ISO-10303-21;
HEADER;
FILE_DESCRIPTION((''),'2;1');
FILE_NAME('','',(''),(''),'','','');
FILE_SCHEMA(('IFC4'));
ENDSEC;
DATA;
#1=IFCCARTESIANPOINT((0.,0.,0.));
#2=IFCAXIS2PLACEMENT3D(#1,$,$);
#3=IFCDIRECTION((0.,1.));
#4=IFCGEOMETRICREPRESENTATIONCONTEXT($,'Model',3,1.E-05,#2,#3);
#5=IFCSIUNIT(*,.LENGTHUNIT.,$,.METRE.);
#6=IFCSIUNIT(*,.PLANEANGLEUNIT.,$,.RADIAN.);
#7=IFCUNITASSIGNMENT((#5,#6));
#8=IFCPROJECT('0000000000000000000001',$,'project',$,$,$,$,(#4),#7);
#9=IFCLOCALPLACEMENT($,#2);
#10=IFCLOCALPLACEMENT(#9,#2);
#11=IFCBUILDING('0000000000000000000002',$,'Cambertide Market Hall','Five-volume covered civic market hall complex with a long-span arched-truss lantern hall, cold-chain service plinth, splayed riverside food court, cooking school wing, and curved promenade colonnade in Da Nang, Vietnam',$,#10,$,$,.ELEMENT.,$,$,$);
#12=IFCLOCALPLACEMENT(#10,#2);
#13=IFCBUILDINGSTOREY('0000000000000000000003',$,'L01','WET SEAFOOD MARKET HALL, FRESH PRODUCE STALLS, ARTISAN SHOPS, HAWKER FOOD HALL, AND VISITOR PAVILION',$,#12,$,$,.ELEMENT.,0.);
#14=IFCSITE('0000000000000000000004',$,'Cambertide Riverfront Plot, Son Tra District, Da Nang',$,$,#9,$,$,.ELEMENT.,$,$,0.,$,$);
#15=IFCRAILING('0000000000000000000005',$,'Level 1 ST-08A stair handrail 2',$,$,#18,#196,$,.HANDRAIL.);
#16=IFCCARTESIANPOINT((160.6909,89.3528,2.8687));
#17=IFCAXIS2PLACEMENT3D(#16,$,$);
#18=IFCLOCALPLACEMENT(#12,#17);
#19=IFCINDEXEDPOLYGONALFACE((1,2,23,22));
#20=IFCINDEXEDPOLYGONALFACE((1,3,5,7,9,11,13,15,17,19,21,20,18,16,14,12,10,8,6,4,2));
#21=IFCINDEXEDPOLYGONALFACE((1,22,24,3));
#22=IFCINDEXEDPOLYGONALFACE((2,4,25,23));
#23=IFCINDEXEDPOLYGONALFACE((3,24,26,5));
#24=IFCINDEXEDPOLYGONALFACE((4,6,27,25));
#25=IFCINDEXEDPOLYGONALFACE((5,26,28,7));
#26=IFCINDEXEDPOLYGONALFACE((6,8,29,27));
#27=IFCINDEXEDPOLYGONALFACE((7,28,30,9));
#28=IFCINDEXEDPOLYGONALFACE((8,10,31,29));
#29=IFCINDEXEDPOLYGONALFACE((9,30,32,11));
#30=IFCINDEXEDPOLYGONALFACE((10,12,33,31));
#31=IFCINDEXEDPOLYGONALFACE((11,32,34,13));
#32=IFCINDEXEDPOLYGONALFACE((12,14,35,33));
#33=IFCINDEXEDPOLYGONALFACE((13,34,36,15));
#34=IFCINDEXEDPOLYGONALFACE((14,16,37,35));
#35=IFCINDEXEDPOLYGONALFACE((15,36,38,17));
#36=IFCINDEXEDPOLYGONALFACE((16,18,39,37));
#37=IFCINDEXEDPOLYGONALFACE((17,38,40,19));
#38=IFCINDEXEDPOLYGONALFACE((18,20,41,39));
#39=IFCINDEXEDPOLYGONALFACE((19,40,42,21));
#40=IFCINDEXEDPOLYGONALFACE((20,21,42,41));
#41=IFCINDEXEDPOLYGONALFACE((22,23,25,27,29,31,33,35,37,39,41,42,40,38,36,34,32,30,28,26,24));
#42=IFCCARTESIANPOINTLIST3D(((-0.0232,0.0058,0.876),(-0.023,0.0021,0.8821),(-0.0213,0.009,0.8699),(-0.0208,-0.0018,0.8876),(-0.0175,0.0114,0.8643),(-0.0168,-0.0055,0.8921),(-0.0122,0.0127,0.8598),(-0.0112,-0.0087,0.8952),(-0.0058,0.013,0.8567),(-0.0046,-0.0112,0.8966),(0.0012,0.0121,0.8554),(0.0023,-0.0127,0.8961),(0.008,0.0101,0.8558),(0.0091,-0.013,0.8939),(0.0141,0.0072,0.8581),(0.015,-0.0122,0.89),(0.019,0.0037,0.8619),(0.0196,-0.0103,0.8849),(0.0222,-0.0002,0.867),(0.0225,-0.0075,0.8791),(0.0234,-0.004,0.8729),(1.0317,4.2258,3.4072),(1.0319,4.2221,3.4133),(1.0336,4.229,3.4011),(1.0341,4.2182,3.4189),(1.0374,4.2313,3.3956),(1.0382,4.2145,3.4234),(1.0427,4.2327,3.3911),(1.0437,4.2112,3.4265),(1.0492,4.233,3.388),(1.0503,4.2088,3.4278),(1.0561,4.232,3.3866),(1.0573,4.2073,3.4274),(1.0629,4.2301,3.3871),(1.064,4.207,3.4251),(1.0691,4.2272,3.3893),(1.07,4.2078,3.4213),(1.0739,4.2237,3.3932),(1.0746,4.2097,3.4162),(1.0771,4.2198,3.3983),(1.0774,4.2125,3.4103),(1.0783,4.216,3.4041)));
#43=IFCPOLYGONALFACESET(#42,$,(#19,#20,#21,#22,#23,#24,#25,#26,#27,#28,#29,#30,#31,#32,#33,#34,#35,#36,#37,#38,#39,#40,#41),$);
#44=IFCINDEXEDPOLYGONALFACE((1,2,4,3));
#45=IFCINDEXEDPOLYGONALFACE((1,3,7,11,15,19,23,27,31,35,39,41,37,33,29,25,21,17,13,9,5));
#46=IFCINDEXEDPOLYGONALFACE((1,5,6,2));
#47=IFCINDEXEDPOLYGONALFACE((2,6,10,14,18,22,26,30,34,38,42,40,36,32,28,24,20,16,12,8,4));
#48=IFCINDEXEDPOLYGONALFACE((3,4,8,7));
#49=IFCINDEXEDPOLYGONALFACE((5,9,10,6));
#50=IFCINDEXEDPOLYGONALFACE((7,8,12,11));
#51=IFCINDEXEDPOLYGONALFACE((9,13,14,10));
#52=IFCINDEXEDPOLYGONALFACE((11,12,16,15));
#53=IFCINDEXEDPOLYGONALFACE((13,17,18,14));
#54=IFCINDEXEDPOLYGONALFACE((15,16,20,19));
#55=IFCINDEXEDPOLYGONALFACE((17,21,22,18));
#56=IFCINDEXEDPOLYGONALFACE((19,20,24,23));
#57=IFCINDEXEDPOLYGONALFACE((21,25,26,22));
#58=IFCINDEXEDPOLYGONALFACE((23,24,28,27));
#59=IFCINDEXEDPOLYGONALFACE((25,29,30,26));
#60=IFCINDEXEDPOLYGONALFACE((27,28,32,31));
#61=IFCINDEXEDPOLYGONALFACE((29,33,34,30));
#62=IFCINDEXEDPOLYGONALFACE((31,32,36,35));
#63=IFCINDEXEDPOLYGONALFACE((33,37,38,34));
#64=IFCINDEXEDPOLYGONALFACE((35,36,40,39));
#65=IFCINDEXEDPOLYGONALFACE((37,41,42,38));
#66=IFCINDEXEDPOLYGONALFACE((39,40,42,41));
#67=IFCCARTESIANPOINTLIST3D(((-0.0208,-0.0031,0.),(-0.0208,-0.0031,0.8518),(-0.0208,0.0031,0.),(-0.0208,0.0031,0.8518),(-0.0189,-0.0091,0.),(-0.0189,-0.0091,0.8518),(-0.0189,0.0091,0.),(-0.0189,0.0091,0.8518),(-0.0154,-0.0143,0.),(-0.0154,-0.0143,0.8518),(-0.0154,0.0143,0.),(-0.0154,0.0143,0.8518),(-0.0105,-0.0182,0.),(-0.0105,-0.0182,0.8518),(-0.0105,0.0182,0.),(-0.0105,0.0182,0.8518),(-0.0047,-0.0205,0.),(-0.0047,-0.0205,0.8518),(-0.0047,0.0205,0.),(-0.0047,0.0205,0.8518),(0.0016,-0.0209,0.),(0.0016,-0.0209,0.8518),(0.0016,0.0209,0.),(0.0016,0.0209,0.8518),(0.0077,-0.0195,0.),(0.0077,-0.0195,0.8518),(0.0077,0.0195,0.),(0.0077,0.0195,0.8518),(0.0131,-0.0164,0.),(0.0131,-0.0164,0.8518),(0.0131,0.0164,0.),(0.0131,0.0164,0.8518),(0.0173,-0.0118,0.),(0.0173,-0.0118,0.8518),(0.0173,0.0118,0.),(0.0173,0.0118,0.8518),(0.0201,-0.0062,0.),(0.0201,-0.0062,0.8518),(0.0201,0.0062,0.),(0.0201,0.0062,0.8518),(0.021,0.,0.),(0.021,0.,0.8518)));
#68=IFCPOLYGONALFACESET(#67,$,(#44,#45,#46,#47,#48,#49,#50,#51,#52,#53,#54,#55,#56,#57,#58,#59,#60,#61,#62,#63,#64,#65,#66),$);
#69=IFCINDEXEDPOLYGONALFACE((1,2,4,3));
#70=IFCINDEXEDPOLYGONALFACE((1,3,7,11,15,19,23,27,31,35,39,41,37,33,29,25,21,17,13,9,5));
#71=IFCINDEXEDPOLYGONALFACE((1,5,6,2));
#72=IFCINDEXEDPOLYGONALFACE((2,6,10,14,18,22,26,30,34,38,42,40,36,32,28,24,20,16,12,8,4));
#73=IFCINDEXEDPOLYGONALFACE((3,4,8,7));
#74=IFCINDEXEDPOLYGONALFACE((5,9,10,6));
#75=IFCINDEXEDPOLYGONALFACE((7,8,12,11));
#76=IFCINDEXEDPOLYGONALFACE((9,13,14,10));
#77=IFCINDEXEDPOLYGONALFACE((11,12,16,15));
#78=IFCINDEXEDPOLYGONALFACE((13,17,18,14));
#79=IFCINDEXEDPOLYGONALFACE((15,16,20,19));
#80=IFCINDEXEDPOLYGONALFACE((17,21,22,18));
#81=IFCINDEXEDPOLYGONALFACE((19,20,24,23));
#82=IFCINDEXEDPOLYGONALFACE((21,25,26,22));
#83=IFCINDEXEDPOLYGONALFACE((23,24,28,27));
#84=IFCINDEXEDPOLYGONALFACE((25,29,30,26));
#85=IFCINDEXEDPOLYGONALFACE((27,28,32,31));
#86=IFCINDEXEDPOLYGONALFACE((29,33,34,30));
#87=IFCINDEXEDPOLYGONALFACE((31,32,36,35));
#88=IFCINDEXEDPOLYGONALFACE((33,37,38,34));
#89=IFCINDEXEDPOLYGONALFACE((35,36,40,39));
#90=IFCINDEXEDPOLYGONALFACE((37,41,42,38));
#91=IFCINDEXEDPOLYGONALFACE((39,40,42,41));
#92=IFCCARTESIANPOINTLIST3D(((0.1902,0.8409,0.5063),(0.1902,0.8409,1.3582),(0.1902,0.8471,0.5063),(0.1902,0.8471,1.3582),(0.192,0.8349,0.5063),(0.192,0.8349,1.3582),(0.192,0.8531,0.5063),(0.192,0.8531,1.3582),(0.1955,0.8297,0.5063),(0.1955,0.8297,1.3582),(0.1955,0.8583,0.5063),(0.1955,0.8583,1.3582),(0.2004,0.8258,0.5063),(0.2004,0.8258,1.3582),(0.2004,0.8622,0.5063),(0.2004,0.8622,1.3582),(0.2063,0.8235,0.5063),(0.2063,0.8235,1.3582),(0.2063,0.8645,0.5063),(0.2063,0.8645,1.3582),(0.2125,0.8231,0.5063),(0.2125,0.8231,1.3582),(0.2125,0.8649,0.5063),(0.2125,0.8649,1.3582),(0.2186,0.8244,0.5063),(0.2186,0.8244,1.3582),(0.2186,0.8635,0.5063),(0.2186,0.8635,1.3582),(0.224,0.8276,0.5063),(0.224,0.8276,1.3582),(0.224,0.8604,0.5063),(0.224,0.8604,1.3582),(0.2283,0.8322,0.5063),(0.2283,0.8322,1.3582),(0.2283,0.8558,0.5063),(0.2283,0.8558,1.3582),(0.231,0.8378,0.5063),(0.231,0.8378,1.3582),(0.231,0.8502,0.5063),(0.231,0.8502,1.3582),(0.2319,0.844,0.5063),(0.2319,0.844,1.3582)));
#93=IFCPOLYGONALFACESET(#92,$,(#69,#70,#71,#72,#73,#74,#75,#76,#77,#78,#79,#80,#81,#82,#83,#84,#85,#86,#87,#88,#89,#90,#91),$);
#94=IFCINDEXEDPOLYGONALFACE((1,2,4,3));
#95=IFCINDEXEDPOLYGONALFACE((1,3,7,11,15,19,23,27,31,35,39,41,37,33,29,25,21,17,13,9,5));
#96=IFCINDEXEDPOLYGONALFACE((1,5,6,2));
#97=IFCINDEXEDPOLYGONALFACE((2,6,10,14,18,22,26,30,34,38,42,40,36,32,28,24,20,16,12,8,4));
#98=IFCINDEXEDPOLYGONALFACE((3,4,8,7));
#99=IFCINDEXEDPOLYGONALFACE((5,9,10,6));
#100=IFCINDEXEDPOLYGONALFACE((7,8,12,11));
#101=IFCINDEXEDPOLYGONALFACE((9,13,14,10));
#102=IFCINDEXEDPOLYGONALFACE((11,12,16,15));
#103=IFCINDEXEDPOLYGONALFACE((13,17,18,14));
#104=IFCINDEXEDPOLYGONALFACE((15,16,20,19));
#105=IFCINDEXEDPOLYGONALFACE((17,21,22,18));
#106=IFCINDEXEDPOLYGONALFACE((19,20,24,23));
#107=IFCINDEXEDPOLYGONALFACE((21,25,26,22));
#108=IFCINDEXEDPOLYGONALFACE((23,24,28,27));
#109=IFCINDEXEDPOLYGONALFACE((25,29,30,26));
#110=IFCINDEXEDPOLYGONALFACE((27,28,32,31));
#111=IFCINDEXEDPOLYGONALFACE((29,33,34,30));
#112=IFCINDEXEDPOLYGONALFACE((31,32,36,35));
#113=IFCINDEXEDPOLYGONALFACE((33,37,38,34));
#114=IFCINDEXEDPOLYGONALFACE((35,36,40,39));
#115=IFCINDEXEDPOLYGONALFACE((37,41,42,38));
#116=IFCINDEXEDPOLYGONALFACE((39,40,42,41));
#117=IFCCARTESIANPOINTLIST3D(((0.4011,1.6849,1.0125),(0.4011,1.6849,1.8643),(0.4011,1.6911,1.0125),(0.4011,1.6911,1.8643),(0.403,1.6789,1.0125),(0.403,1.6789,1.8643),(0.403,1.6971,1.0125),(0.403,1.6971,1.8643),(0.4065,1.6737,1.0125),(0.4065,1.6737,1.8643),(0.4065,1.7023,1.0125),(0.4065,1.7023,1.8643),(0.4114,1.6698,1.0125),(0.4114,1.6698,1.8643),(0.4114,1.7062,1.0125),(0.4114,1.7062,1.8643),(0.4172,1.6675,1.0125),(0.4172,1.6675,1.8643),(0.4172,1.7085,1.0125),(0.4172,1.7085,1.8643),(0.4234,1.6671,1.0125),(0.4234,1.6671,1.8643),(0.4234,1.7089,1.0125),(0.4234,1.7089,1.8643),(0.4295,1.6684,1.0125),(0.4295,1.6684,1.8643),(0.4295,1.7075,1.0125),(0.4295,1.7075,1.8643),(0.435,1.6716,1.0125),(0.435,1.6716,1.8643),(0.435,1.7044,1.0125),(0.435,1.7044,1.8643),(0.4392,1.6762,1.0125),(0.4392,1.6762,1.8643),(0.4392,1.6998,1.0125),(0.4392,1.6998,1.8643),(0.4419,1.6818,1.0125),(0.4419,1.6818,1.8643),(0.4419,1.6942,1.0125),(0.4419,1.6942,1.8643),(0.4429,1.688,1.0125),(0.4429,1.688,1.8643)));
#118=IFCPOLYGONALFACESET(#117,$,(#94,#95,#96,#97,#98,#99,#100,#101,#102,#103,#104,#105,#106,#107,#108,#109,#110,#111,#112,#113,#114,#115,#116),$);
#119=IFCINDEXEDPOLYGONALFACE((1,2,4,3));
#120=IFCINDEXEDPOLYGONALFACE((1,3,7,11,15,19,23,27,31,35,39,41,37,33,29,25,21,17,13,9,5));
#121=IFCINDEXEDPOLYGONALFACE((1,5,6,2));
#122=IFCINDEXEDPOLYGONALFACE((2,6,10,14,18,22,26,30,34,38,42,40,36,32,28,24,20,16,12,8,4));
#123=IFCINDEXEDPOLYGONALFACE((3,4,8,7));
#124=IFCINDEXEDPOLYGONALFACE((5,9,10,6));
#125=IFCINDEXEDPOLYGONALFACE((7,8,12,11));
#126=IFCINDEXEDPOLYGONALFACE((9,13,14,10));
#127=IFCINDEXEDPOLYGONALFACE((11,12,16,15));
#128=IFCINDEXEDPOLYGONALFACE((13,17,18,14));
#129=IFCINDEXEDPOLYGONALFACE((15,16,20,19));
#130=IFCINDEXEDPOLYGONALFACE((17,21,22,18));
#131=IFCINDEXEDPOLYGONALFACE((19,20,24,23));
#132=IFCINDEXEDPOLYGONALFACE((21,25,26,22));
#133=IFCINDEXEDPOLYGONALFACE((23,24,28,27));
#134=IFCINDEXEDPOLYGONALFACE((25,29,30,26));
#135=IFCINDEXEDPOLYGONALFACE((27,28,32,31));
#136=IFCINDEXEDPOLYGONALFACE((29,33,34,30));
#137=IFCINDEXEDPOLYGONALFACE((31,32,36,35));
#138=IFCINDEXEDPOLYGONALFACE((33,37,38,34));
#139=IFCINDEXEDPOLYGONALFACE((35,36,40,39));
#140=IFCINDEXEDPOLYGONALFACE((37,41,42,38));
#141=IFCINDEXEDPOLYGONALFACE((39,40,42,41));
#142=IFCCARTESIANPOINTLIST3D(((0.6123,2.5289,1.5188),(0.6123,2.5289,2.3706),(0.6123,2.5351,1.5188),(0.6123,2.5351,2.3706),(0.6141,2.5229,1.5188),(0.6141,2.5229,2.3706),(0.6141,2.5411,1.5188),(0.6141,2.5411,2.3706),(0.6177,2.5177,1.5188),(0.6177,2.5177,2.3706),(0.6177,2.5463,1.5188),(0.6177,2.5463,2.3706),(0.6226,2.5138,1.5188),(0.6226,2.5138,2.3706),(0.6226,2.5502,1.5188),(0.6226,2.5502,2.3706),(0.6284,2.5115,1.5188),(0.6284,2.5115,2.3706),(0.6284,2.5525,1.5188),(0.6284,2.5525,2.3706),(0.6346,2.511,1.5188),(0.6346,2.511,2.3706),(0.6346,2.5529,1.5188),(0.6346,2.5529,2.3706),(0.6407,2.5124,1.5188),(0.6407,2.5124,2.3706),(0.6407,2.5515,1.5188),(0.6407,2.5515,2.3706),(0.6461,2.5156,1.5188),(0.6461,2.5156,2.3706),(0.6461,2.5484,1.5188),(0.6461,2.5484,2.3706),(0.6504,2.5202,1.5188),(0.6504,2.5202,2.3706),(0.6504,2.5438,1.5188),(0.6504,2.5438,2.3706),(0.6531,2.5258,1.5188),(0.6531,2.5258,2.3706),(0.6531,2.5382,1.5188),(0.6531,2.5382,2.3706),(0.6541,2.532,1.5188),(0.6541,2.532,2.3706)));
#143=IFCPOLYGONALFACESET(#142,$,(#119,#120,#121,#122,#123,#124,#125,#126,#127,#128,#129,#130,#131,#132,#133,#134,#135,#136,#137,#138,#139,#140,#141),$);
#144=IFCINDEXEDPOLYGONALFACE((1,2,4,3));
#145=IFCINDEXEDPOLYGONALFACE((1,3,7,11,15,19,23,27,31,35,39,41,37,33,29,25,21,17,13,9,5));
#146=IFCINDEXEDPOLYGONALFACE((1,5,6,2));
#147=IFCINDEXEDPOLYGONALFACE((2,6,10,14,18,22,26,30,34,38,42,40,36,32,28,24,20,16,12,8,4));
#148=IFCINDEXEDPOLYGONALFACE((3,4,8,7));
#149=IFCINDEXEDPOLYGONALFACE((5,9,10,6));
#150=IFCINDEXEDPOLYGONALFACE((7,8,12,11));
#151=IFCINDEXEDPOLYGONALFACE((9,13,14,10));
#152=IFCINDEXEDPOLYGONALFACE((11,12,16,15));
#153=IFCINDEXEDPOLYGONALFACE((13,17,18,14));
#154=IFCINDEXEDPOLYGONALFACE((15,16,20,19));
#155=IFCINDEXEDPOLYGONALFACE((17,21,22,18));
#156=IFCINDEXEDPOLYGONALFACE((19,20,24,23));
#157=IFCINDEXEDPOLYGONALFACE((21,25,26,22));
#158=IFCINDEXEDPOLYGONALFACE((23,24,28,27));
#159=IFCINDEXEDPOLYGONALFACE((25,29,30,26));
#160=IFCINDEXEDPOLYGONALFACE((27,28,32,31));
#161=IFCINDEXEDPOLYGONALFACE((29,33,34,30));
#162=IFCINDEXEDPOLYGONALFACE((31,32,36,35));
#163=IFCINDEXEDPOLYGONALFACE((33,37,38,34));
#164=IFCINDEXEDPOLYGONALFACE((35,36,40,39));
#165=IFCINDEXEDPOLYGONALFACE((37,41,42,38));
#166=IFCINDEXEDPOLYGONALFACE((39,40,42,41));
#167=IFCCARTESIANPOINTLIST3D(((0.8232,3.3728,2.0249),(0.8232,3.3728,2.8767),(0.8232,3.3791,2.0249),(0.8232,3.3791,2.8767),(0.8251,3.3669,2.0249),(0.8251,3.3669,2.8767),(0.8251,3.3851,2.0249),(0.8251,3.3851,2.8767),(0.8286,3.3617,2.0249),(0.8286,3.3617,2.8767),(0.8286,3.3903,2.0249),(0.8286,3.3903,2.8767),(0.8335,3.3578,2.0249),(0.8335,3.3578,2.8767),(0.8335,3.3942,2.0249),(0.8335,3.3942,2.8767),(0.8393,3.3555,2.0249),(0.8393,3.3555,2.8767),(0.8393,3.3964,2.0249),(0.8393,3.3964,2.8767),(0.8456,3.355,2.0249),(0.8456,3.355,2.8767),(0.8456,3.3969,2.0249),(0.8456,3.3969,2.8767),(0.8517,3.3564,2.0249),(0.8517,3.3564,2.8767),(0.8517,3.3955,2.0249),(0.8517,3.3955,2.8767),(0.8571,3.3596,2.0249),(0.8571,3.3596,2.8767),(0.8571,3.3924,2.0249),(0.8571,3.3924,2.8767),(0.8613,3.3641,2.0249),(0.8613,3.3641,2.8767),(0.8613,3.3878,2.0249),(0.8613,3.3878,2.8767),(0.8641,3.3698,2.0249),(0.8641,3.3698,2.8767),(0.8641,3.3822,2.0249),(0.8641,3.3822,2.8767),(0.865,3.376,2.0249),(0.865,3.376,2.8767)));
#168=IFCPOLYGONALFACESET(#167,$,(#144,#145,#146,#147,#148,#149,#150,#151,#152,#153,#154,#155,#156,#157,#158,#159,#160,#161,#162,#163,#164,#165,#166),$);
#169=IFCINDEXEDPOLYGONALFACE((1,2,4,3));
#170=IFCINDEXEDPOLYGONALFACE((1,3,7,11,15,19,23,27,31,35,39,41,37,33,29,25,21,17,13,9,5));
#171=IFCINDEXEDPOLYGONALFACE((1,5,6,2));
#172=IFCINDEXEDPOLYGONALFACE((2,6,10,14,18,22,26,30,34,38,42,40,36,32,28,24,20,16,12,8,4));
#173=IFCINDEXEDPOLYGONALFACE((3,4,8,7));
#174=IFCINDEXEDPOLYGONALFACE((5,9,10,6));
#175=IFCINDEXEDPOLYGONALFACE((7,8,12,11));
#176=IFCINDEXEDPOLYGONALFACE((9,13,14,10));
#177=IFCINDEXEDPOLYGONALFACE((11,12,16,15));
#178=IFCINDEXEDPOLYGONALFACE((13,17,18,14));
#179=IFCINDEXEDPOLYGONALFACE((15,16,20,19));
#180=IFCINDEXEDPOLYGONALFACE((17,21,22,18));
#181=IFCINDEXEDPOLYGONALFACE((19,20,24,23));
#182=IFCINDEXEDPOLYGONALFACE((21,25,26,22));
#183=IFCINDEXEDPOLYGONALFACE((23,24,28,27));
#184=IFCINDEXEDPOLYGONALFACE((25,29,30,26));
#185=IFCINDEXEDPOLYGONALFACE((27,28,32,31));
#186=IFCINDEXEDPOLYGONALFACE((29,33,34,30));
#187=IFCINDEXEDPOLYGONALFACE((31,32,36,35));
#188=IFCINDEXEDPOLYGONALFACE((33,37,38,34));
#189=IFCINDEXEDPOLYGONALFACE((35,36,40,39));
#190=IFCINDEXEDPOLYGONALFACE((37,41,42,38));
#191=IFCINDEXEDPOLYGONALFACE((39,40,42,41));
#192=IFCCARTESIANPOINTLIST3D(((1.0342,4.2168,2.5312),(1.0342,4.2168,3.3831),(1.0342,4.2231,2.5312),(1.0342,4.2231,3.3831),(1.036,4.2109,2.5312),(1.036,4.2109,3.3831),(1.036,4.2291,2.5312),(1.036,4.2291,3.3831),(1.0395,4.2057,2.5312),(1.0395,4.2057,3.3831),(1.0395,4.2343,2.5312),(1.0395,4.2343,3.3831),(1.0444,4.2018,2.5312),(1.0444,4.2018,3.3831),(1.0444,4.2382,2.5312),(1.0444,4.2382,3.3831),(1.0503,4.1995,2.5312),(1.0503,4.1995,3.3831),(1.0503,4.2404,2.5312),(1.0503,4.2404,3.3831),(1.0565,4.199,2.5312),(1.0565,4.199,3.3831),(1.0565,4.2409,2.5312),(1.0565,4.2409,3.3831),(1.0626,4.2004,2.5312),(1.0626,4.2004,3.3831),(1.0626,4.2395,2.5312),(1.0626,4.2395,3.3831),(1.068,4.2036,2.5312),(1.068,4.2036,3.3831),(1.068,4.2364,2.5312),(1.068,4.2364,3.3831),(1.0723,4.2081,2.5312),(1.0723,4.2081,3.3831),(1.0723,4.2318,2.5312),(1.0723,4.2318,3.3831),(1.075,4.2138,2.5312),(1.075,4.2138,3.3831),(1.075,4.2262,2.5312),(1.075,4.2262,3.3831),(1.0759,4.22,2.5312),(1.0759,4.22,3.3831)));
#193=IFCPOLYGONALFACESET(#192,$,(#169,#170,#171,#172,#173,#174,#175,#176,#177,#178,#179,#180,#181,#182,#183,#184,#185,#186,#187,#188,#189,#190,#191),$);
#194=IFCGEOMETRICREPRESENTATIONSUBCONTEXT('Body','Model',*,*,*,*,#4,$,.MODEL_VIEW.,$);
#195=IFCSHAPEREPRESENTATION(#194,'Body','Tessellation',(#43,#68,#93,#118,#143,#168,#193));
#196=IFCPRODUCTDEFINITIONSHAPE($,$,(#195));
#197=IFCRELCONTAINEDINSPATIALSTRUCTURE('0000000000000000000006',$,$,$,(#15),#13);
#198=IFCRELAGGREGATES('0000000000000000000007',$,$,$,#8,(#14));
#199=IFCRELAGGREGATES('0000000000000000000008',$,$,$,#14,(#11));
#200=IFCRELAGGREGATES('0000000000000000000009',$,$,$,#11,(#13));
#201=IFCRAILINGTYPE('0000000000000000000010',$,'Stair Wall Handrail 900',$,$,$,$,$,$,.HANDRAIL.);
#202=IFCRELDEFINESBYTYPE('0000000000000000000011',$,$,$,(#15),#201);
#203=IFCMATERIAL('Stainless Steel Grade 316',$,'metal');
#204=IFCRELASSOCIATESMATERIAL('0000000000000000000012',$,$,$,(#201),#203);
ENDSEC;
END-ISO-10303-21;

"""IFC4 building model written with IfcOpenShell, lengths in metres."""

from ifc_helpers import new_model, si_unit, direction, frame, origin, origin_2d, place, context, subcontext, project, spatial, circle, extrude, material, type_object, element, save


model = new_model("IFC4")

# Units and contexts
model_context = context("Model", 3, precision=1e-05, world=origin(), true_north=direction((0.0, 1.0)))
body_context = subcontext(model_context, "Body", "Model", "MODEL_VIEW")
ifc_project = project(units=[si_unit("LENGTHUNIT", "METRE"), si_unit("PLANEANGLEUNIT", "RADIAN")], contexts=[model_context])

# Site, building, storey
site_placement = place(None, origin())
site = spatial("IfcSite", under=ifc_project, at=site_placement, Name="Cambertide Riverfront Plot, Son Tra District, Da Nang", CompositionType="ELEMENT", RefElevation=0.0)
building_placement = place(site_placement, origin())
building = spatial("IfcBuilding", under=site, at=building_placement, Name="Cambertide Market Hall", Description="Five-volume covered civic market hall complex with a long-span arched-truss lantern hall, cold-chain service plinth, splayed riverside food court, cooking school wing, and curved promenade colonnade in Da Nang, Vietnam", CompositionType="ELEMENT")
storey_placement = place(building_placement, origin())
storey = spatial("IfcBuildingStorey", under=building, at=storey_placement, Name="L01", Description="WET SEAFOOD MARKET HALL, FRESH PRODUCE STALLS, ARTISAN SHOPS, HAWKER FOOD HALL, AND VISITOR PAVILION", CompositionType="ELEMENT", Elevation=0.0)

# Railing
ifc_material_1 = material(Name="Stainless Steel Grade 316", Category="metal")
railing_type_1 = type_object("IfcRailingType", Name="Stair Wall Handrail 900", PredefinedType="HANDRAIL", material=ifc_material_1)
railing_1_placement = place(storey_placement, frame((160.6909, 89.3528, 2.8687)))
element("IfcRailing", 1, at=railing_1_placement, inside=storey, type_object=railing_type_1, Name="Level 1 ST-08A stair handrail 2", PredefinedType="HANDRAIL", context=body_context, shape_type="SweptSolid", body=[
    extrude(circle(Radius=0.0239, at=origin_2d()), frame((0.0, 0.0, 0.876), z_axis=(0.209615, 0.838507, 0.502959), x_axis=(-0.970146, 0.242522, 0.0)), (0.0, 0.0, 1.0), 5.0327),
    extrude(circle(Radius=0.021, at=origin_2d()), origin(), (0.0, 0.0, 1.0), 0.8518),
    extrude(circle(Radius=0.021, at=origin_2d()), frame((0.2109, 0.844, 0.5063)), (0.0, 0.0, 1.0), 0.8518),
    extrude(circle(Radius=0.021, at=origin_2d()), frame((0.4219, 1.688, 1.0125)), (0.0, 0.0, 1.0), 0.8518),
    extrude(circle(Radius=0.021, at=origin_2d()), frame((0.6331, 2.532, 1.5188)), (0.0, 0.0, 1.0), 0.8518),
    extrude(circle(Radius=0.021, at=origin_2d()), frame((0.844, 3.376, 2.0249)), (0.0, 0.0, 1.0), 0.8518),
    extrude(circle(Radius=0.021, at=origin_2d()), frame((1.0549, 4.22, 2.5312)), (0.0, 0.0, 1.0), 0.8518),
])

save(model, "model.ifc")
